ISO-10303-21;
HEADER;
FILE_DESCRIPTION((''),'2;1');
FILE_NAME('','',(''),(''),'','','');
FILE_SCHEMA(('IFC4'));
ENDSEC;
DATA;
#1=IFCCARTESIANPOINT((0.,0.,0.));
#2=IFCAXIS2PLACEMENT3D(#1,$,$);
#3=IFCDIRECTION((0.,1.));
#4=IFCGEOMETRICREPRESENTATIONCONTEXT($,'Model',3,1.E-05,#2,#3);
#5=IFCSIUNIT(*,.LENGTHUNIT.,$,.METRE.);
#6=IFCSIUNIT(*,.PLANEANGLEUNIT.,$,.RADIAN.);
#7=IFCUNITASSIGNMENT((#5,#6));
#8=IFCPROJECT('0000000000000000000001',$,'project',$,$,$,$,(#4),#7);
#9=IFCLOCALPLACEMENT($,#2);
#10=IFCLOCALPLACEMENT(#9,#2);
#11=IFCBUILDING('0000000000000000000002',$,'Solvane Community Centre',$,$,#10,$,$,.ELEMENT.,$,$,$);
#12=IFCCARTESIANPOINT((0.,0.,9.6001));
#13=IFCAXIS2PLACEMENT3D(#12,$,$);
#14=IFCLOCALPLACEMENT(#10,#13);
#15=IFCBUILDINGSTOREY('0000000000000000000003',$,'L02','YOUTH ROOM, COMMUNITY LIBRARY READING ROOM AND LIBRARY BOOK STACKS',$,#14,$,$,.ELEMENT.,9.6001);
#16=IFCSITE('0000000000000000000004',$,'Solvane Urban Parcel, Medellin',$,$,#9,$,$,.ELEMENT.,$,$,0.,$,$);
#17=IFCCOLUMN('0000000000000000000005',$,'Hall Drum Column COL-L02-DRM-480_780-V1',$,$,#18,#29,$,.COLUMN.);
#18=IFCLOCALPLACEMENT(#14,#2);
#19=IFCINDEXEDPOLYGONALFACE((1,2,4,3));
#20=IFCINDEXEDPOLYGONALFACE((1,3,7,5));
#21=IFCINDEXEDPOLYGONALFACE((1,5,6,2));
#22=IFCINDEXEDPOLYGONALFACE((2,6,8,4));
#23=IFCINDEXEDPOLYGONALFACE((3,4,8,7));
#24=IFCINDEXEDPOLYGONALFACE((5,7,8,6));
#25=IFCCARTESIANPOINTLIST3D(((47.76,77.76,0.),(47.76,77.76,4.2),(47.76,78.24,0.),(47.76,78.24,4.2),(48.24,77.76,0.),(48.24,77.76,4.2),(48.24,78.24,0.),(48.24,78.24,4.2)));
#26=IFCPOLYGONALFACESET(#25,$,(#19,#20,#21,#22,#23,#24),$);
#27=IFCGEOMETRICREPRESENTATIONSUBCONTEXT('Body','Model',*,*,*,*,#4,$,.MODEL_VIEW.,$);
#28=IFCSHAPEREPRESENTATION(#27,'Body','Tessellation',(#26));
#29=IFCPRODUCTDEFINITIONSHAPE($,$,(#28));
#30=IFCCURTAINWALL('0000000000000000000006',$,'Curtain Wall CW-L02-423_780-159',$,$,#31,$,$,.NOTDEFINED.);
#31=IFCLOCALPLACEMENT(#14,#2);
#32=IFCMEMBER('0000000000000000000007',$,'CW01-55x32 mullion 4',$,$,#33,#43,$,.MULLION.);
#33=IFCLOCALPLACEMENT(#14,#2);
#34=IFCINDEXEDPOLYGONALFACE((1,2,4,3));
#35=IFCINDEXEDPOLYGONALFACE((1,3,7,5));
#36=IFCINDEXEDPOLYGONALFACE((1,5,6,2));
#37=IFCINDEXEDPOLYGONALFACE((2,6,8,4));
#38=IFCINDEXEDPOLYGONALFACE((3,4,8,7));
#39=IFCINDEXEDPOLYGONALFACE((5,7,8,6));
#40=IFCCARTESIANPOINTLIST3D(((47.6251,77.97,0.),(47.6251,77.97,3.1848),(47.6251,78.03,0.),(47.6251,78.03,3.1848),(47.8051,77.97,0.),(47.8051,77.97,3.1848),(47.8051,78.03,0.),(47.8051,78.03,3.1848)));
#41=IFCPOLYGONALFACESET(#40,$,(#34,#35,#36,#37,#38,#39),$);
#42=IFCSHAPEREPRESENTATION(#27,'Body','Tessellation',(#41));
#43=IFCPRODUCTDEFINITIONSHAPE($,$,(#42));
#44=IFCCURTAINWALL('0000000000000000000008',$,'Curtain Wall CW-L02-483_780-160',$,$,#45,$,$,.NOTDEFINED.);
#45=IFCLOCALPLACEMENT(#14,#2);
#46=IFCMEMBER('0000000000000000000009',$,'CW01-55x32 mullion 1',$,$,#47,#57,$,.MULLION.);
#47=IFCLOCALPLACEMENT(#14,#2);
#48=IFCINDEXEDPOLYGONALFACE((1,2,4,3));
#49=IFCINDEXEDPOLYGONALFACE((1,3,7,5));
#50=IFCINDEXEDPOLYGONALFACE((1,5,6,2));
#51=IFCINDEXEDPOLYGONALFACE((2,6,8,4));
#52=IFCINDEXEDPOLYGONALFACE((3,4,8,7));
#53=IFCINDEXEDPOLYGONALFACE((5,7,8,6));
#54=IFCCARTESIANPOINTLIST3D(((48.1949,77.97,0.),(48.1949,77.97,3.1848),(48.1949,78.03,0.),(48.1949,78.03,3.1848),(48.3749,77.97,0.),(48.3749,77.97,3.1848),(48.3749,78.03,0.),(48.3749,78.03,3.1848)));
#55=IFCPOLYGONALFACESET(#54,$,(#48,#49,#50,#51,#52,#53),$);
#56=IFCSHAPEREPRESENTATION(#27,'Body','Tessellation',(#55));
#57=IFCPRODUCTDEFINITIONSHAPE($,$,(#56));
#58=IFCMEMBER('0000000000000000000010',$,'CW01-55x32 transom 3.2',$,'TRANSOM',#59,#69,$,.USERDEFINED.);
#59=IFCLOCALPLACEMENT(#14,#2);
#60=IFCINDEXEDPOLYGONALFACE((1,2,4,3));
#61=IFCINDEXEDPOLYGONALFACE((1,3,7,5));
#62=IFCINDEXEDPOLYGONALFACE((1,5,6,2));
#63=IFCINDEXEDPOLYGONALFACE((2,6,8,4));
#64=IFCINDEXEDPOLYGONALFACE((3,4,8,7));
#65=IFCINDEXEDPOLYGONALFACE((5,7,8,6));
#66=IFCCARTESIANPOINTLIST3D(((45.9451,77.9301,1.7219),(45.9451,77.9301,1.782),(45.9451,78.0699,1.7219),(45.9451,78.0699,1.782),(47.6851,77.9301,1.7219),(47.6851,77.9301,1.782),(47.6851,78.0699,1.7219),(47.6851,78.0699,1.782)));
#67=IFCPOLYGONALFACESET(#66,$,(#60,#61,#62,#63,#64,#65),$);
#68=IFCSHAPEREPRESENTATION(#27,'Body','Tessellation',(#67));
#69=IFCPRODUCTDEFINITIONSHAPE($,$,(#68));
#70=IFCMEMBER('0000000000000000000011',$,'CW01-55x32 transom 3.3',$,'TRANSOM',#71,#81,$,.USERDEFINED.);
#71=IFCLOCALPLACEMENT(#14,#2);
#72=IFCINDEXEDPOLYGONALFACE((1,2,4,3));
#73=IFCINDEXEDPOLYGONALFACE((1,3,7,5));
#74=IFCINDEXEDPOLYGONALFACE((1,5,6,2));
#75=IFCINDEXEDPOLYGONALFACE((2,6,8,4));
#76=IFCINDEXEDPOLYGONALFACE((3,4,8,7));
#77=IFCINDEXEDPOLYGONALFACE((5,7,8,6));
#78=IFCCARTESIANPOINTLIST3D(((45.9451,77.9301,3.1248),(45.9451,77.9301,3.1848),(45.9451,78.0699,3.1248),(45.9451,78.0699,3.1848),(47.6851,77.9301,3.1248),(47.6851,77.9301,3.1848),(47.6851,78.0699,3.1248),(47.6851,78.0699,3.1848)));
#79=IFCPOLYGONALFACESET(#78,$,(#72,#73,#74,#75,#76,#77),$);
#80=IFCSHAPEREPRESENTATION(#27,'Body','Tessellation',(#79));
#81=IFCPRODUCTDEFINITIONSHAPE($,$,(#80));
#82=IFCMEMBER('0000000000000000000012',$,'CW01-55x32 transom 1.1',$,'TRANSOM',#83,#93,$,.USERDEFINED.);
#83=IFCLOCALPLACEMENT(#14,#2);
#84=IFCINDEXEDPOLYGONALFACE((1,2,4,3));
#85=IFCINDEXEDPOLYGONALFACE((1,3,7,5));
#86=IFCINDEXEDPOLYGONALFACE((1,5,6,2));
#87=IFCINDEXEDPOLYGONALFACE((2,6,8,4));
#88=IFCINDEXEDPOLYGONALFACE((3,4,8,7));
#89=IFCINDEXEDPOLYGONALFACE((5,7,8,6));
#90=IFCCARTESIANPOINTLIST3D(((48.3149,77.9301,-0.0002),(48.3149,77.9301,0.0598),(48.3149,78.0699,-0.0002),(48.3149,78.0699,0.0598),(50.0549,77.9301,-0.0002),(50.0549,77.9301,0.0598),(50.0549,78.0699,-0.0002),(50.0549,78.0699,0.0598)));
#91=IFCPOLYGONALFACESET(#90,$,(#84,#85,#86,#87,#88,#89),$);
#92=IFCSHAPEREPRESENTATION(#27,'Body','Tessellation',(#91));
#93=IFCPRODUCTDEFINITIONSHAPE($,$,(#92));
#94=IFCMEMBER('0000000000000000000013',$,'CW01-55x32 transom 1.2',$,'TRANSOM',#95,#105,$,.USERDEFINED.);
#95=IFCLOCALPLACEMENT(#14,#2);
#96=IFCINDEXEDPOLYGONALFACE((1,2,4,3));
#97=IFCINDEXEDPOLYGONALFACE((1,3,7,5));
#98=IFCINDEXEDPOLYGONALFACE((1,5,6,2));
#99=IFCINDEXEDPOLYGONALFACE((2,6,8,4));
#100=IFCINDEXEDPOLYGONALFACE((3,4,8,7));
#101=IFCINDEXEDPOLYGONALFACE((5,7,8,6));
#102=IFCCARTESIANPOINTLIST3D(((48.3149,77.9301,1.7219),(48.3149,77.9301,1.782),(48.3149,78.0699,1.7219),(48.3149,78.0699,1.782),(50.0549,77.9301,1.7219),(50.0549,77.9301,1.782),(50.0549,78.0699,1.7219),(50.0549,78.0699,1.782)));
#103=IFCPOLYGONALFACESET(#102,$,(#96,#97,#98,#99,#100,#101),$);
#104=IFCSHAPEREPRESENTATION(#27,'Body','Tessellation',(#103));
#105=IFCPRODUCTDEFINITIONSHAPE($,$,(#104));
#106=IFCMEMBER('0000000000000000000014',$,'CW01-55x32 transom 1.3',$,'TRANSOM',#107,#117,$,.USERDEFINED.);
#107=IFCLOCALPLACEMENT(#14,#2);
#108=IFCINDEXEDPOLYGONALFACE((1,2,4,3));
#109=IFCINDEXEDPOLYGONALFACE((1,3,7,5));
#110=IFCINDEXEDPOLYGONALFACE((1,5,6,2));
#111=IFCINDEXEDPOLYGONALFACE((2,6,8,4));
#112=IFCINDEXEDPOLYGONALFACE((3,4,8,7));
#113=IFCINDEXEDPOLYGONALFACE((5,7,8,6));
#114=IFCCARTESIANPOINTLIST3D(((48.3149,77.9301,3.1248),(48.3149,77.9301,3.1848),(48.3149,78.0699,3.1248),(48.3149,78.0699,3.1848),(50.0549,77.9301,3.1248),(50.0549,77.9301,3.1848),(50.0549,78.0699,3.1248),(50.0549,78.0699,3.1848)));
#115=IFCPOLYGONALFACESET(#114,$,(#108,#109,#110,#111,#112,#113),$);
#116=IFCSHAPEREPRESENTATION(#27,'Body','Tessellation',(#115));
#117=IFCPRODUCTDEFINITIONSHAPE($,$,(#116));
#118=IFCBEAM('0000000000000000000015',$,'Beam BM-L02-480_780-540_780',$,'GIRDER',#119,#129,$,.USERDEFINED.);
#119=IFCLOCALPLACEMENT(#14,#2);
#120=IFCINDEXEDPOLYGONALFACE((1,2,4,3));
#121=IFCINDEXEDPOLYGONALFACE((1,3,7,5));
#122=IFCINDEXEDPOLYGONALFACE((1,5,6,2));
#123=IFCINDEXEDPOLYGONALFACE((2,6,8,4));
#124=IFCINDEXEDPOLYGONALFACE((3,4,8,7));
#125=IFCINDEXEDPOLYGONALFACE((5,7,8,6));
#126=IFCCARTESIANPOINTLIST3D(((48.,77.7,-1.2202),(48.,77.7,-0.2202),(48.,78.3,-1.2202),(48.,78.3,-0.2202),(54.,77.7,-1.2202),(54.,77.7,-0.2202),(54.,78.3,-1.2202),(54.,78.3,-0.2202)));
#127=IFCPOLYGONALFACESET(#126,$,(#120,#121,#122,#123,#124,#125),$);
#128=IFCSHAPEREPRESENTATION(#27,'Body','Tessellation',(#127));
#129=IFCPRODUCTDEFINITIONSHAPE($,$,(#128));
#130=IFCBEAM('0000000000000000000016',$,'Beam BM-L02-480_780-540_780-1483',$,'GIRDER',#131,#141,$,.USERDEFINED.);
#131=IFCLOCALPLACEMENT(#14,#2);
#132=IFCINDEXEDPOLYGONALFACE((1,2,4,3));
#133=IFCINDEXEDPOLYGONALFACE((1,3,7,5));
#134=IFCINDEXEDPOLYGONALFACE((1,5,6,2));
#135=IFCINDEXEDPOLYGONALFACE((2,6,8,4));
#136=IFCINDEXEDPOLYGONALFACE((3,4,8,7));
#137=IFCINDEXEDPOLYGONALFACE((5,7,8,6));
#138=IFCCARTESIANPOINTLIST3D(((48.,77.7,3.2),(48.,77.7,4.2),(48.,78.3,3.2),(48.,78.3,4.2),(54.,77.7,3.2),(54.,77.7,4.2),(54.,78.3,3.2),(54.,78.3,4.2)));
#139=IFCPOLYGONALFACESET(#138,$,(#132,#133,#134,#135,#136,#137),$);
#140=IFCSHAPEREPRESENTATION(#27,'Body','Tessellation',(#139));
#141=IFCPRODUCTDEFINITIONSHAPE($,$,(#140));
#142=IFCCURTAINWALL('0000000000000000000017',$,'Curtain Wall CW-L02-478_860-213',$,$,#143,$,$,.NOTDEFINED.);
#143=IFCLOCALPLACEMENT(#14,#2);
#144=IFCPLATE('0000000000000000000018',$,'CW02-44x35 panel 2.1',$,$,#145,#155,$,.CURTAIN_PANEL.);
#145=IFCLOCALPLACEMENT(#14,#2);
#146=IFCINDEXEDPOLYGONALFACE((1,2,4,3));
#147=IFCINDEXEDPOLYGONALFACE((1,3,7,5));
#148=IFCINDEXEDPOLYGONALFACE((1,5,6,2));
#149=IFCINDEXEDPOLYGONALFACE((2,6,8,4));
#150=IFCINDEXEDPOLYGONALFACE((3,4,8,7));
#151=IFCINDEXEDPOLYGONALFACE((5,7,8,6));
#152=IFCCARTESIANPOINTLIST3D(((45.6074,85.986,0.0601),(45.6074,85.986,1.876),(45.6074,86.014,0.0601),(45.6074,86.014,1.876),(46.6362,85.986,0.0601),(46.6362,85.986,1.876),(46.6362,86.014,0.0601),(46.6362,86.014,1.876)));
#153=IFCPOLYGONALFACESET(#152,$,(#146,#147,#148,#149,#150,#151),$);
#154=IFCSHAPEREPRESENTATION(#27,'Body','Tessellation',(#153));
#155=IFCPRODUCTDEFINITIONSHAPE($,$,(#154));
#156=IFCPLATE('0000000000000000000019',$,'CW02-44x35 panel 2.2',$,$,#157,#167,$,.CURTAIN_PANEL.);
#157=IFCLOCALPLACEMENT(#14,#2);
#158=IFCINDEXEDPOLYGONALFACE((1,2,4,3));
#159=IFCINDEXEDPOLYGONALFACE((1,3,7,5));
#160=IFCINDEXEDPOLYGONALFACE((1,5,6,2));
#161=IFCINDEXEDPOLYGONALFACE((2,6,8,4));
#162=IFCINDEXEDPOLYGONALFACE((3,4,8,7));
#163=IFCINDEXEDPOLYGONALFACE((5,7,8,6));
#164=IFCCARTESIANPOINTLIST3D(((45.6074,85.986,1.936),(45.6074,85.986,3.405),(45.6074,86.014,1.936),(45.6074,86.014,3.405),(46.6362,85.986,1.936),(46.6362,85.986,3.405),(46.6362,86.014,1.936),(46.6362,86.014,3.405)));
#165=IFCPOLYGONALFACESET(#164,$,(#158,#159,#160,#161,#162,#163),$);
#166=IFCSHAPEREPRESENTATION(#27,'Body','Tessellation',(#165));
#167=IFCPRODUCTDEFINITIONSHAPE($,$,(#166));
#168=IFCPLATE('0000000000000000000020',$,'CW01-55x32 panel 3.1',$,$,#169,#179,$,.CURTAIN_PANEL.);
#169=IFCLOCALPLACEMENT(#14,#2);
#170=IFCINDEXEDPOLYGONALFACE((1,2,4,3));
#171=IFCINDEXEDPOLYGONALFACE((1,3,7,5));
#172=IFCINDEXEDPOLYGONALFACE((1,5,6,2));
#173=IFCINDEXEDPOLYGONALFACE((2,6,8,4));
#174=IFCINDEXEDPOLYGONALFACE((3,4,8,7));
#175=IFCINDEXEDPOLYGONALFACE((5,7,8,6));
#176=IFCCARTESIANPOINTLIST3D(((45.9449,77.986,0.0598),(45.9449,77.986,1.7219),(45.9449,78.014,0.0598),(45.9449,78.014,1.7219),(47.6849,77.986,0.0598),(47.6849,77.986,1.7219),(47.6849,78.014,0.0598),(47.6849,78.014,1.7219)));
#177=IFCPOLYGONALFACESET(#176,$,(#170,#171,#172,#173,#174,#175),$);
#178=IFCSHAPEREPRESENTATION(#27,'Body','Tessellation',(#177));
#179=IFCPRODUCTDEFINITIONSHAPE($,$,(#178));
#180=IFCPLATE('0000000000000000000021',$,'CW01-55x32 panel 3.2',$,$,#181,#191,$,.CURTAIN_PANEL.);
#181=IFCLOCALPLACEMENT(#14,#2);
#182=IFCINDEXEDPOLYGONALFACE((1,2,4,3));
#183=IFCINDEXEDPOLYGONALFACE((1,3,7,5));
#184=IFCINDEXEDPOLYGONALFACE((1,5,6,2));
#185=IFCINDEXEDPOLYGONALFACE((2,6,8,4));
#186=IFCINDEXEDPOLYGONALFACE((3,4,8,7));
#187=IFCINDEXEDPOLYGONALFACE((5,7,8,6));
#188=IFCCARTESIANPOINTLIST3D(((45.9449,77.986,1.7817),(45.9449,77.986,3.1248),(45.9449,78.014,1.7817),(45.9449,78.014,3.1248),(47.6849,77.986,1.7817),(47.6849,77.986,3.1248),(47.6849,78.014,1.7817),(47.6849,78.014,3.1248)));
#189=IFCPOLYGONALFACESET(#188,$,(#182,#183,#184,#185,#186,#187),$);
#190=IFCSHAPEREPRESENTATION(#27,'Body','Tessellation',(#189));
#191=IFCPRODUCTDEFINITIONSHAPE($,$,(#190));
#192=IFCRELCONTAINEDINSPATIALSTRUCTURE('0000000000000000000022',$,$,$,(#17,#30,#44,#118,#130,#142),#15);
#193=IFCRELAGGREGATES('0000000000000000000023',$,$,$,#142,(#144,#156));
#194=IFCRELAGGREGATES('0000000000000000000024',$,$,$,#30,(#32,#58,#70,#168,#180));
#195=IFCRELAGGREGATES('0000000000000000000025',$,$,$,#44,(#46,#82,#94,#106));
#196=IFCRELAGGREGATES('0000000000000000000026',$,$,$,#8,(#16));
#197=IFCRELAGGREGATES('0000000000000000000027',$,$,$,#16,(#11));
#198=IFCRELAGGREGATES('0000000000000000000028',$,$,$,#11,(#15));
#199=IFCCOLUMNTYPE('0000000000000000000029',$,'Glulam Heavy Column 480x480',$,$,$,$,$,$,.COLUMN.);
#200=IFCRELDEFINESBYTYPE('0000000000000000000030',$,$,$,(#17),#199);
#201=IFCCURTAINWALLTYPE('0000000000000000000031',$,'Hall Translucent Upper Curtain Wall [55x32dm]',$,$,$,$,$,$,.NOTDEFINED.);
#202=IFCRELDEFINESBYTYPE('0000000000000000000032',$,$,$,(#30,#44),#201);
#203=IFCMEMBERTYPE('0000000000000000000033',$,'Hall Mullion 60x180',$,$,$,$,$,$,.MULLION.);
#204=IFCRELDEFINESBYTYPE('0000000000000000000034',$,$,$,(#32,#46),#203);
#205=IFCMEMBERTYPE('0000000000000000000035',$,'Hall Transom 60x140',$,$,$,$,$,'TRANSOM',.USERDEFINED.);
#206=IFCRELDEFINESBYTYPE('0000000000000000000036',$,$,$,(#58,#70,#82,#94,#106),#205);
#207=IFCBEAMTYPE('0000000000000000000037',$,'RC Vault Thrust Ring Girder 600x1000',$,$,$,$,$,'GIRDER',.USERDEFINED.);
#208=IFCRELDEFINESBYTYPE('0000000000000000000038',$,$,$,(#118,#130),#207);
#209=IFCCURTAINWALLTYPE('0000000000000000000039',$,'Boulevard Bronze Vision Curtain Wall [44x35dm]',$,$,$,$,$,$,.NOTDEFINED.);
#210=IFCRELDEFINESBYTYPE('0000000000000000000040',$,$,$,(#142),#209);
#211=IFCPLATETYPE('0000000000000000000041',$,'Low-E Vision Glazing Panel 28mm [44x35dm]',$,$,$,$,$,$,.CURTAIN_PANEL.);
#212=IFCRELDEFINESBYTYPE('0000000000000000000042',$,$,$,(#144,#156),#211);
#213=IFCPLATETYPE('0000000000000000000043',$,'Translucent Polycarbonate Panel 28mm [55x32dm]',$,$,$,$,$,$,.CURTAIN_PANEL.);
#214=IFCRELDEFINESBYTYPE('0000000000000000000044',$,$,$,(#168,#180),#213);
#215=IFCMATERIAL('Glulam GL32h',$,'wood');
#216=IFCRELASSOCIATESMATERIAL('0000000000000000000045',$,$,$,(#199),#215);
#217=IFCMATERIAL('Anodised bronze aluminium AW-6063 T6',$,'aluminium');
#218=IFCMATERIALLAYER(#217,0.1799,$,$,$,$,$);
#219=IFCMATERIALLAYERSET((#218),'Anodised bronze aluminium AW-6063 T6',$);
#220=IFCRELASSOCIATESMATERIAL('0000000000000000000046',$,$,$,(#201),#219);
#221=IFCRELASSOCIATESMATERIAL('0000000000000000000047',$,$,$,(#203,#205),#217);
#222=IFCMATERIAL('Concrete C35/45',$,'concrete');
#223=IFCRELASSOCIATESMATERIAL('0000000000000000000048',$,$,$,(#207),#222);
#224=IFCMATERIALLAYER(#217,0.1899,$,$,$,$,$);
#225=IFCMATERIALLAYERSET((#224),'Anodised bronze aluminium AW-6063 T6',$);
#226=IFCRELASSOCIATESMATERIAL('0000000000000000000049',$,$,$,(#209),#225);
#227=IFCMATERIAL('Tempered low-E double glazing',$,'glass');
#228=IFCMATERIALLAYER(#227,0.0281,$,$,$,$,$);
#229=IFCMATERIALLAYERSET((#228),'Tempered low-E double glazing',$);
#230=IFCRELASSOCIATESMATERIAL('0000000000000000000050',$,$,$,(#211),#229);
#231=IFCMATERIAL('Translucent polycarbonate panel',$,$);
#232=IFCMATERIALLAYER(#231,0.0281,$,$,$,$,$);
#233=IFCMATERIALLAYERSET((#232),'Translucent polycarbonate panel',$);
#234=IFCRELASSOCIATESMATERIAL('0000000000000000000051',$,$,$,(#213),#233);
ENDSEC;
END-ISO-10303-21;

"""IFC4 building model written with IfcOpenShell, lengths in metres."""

from ifc_helpers import new_model, si_unit, direction, frame, origin, origin_2d, place, context, subcontext, project, spatial, rectangle, extrude, material, layer, layer_set, material_profile, profile_set, type_object, element, aggregate, save


model = new_model("IFC4")

# Units and contexts
model_context = context("Model", 3, precision=1e-05, world=origin(), true_north=direction((0.0, 1.0)))
body_context = subcontext(model_context, "Body", "Model", "MODEL_VIEW")
ifc_project = project(units=[si_unit("LENGTHUNIT", "METRE"), si_unit("PLANEANGLEUNIT", "RADIAN")], contexts=[model_context])

# Site, building, storey
site_placement = place(None, origin())
site = spatial("IfcSite", under=ifc_project, at=site_placement, Name="Solvane Urban Parcel, Medellin", CompositionType="ELEMENT", RefElevation=0.0)
building_placement = place(site_placement, origin())
building = spatial("IfcBuilding", under=site, at=building_placement, Name="Solvane Community Centre", CompositionType="ELEMENT")
storey_placement = place(building_placement, frame((0.0, 0.0, 9.6001)))
storey = spatial("IfcBuildingStorey", under=building, at=storey_placement, Name="L02", Description="YOUTH ROOM, COMMUNITY LIBRARY READING ROOM AND LIBRARY BOOK STACKS", CompositionType="ELEMENT", Elevation=9.6001)

# Column
ifc_material_1 = material(Name="Glulam GL32h", Category="wood")
ifc_material_profile_1 = material_profile(ifc_material_1, rectangle(XDim=0.48, YDim=0.48, at=origin_2d()), Name="GL32h 480x480")
ifc_profile_set_1 = profile_set([ifc_material_profile_1], Name="Glulam GL32h")
column_type = type_object("IfcColumnType", Name="Glulam Heavy Column 480x480", PredefinedType="COLUMN", material=ifc_profile_set_1)
column_placement = place(storey_placement, frame((48.0, 78.0, 0.0), z_axis=(0.0, 0.0, 1.0), x_axis=(1.0, 0.0, 0.0)))
element("IfcColumn", 1, at=column_placement, inside=storey, type_object=column_type, Name="Hall Drum Column COL-L02-DRM-480_780-V1", PredefinedType="COLUMN", context=body_context, shape_type="SweptSolid", body=[
    extrude(rectangle(XDim=0.48, YDim=0.48, at=origin_2d()), origin(), (0.0, 0.0, 1.0), 4.2),
])

# Curtain walls, members
ifc_material_2 = material(Name="Anodised bronze aluminium AW-6063 T6", Category="aluminium")
ifc_layer_1 = layer(ifc_material_2, 0.1799)
ifc_layer_set_1 = layer_set([ifc_layer_1], Name="Anodised bronze aluminium AW-6063 T6")
curtain_wall_type_1 = type_object("IfcCurtainWallType", Name="Hall Translucent Upper Curtain Wall [55x32dm]", PredefinedType="NOTDEFINED", material=ifc_layer_set_1)
curtain_wall_1_placement = place(storey_placement, origin())
curtain_wall_1 = element("IfcCurtainWall", 2, at=curtain_wall_1_placement, inside=storey, type_object=curtain_wall_type_1, Name="Curtain Wall CW-L02-423_780-159", PredefinedType="NOTDEFINED")
ifc_material_profile_2 = material_profile(ifc_material_2, rectangle(XDim=0.0601, YDim=0.1799, at=origin_2d()), Name="CW-M 60x180")
ifc_profile_set_2 = profile_set([ifc_material_profile_2], Name="Anodised bronze aluminium AW-6063 T6")
member_type_1 = type_object("IfcMemberType", Name="Hall Mullion 60x180", PredefinedType="MULLION", material=ifc_profile_set_2)
member_1_placement = place(storey_placement, frame((47.7151, 78.0, 0.0), z_axis=(0.0, 0.0, 1.0), x_axis=(0.0, 1.0, 0.0)))
member_1 = element("IfcMember", 3, at=member_1_placement, type_object=member_type_1, Name="CW01-55x32 mullion 4", PredefinedType="MULLION", context=body_context, shape_type="SweptSolid", body=[
    extrude(rectangle(XDim=0.0601, YDim=0.1799, at=origin_2d()), origin(), (0.0, 0.0, 1.0), 3.1848),
])
curtain_wall_2_placement = place(storey_placement, origin())
curtain_wall_2 = element("IfcCurtainWall", 4, at=curtain_wall_2_placement, inside=storey, type_object=curtain_wall_type_1, Name="Curtain Wall CW-L02-483_780-160", PredefinedType="NOTDEFINED")
member_2_placement = place(storey_placement, frame((48.2849, 78.0, 0.0), z_axis=(0.0, 0.0, 1.0), x_axis=(0.0, 1.0, 0.0)))
member_2 = element("IfcMember", 5, at=member_2_placement, type_object=member_type_1, Name="CW01-55x32 mullion 1", PredefinedType="MULLION", context=body_context, shape_type="SweptSolid", body=[
    extrude(rectangle(XDim=0.0601, YDim=0.1799, at=origin_2d()), origin(), (0.0, 0.0, 1.0), 3.1848),
])

# Members
ifc_material_profile_3 = material_profile(ifc_material_2, rectangle(XDim=0.1399, YDim=0.0601, at=origin_2d()), Name="CW-T 60x140")
ifc_profile_set_3 = profile_set([ifc_material_profile_3], Name="Anodised bronze aluminium AW-6063 T6")
member_type_2 = type_object("IfcMemberType", Name="Hall Transom 60x140", ElementType="TRANSOM", PredefinedType="USERDEFINED", material=ifc_profile_set_3)
member_3_placement = place(storey_placement, frame((45.9451, 78.0, 1.752), z_axis=(1.0, 0.0, 0.0), x_axis=(0.0, 1.0, 0.0)))
member_3 = element("IfcMember", 6, at=member_3_placement, type_object=member_type_2, Name="CW01-55x32 transom 3.2", ObjectType="TRANSOM", PredefinedType="USERDEFINED", context=body_context, shape_type="SweptSolid", body=[
    extrude(rectangle(XDim=0.1399, YDim=0.0601, at=origin_2d()), origin(), (0.0, 0.0, 1.0), 1.74),
])
member_4_placement = place(storey_placement, frame((45.9451, 78.0, 3.1548), z_axis=(1.0, 0.0, 0.0), x_axis=(0.0, 1.0, 0.0)))
member_4 = element("IfcMember", 7, at=member_4_placement, type_object=member_type_2, Name="CW01-55x32 transom 3.3", ObjectType="TRANSOM", PredefinedType="USERDEFINED", context=body_context, shape_type="SweptSolid", body=[
    extrude(rectangle(XDim=0.1399, YDim=0.0601, at=origin_2d()), origin(), (0.0, 0.0, 1.0), 1.74),
])
member_5_placement = place(storey_placement, frame((48.3149, 78.0, 0.0298), z_axis=(1.0, 0.0, 0.0), x_axis=(0.0, 1.0, 0.0)))
member_5 = element("IfcMember", 8, at=member_5_placement, type_object=member_type_2, Name="CW01-55x32 transom 1.1", ObjectType="TRANSOM", PredefinedType="USERDEFINED", context=body_context, shape_type="SweptSolid", body=[
    extrude(rectangle(XDim=0.1399, YDim=0.0601, at=origin_2d()), origin(), (0.0, 0.0, 1.0), 1.74),
])
member_6_placement = place(storey_placement, frame((48.3149, 78.0, 1.752), z_axis=(1.0, 0.0, 0.0), x_axis=(0.0, 1.0, 0.0)))
member_6 = element("IfcMember", 9, at=member_6_placement, type_object=member_type_2, Name="CW01-55x32 transom 1.2", ObjectType="TRANSOM", PredefinedType="USERDEFINED", context=body_context, shape_type="SweptSolid", body=[
    extrude(rectangle(XDim=0.1399, YDim=0.0601, at=origin_2d()), origin(), (0.0, 0.0, 1.0), 1.74),
])
member_7_placement = place(storey_placement, frame((48.3149, 78.0, 3.1548), z_axis=(1.0, 0.0, 0.0), x_axis=(0.0, 1.0, 0.0)))
member_7 = element("IfcMember", 10, at=member_7_placement, type_object=member_type_2, Name="CW01-55x32 transom 1.3", ObjectType="TRANSOM", PredefinedType="USERDEFINED", context=body_context, shape_type="SweptSolid", body=[
    extrude(rectangle(XDim=0.1399, YDim=0.0601, at=origin_2d()), origin(), (0.0, 0.0, 1.0), 1.74),
])

# Beams
ifc_material_3 = material(Name="Concrete C35/45", Category="concrete")
ifc_material_profile_4 = material_profile(ifc_material_3, rectangle(XDim=0.6001, YDim=1.0, at=origin_2d()), Name="RC 600x1000")
ifc_profile_set_4 = profile_set([ifc_material_profile_4], Name="Concrete C35/45")
beam_type = type_object("IfcBeamType", Name="RC Vault Thrust Ring Girder 600x1000", ElementType="GIRDER", PredefinedType="USERDEFINED", material=ifc_profile_set_4)
for number, where, z_axis, x_axis, name in (
    (11, (48.0, 78.0, -0.7202), (1.0, 0.0, 0.0), (0.0, 1.0, 0.0), "Beam BM-L02-480_780-540_780"),
    (12, (48.0, 78.0, 3.7), (1.0, 0.0, 0.0), (0.0, 1.0, 0.0), "Beam BM-L02-480_780-540_780-1483"),
):
    element("IfcBeam", number, at=place(storey_placement, frame(where, z_axis=z_axis, x_axis=x_axis)), inside=storey, type_object=beam_type, Name=name, ObjectType="GIRDER", PredefinedType="USERDEFINED", context=body_context, shape_type="SweptSolid", body=[
        extrude(rectangle(XDim=0.6001, YDim=1.0, at=origin_2d()), origin(), (0.0, 0.0, 1.0), 6.0),
    ])

# Curtain wall, plates
ifc_layer_2 = layer(ifc_material_2, 0.1899)
ifc_layer_set_2 = layer_set([ifc_layer_2], Name="Anodised bronze aluminium AW-6063 T6")
curtain_wall_type_2 = type_object("IfcCurtainWallType", Name="Boulevard Bronze Vision Curtain Wall [44x35dm]", PredefinedType="NOTDEFINED", material=ifc_layer_set_2)
curtain_wall_3_placement = place(storey_placement, origin())
curtain_wall_3 = element("IfcCurtainWall", 13, at=curtain_wall_3_placement, inside=storey, type_object=curtain_wall_type_2, Name="Curtain Wall CW-L02-478_860-213", PredefinedType="NOTDEFINED")
ifc_material_4 = material(Name="Tempered low-E double glazing", Category="glass")
ifc_layer_3 = layer(ifc_material_4, 0.0281)
ifc_layer_set_3 = layer_set([ifc_layer_3], Name="Tempered low-E double glazing")
plate_type_1 = type_object("IfcPlateType", Name="Low-E Vision Glazing Panel 28mm [44x35dm]", PredefinedType="CURTAIN_PANEL", material=ifc_layer_set_3)
plate_1_placement = place(storey_placement, frame((46.1218, 86.0, 0.0601), z_axis=(0.0, 0.0, 1.0), x_axis=(-1.0, 0.0, 0.0)))
plate_1 = element("IfcPlate", 14, at=plate_1_placement, type_object=plate_type_1, Name="CW02-44x35 panel 2.1", PredefinedType="CURTAIN_PANEL", context=body_context, shape_type="SweptSolid", body=[
    extrude(rectangle(XDim=1.0288, YDim=0.0281, at=origin_2d()), origin(), (0.0, 0.0, 1.0), 1.8159),
])
plate_2_placement = place(storey_placement, frame((46.1218, 86.0, 1.936), z_axis=(0.0, 0.0, 1.0), x_axis=(-1.0, 0.0, 0.0)))
plate_2 = element("IfcPlate", 15, at=plate_2_placement, type_object=plate_type_1, Name="CW02-44x35 panel 2.2", PredefinedType="CURTAIN_PANEL", context=body_context, shape_type="SweptSolid", body=[
    extrude(rectangle(XDim=1.0288, YDim=0.0281, at=origin_2d()), origin(), (0.0, 0.0, 1.0), 1.469),
])
aggregate(curtain_wall_3, [plate_1, plate_2])

# Plates
ifc_material_5 = material(Name="Translucent polycarbonate panel")
ifc_layer_4 = layer(ifc_material_5, 0.0281)
ifc_layer_set_4 = layer_set([ifc_layer_4], Name="Translucent polycarbonate panel")
plate_type_2 = type_object("IfcPlateType", Name="Translucent Polycarbonate Panel 28mm [55x32dm]", PredefinedType="CURTAIN_PANEL", material=ifc_layer_set_4)
plate_3_placement = place(storey_placement, frame((46.8149, 78.0, 0.0598), z_axis=(0.0, 0.0, 1.0), x_axis=(1.0, 0.0, 0.0)))
plate_3 = element("IfcPlate", 16, at=plate_3_placement, type_object=plate_type_2, Name="CW01-55x32 panel 3.1", PredefinedType="CURTAIN_PANEL", context=body_context, shape_type="SweptSolid", body=[
    extrude(rectangle(XDim=1.74, YDim=0.0281, at=origin_2d()), origin(), (0.0, 0.0, 1.0), 1.6621),
])
plate_4_placement = place(storey_placement, frame((46.8149, 78.0, 1.7817), z_axis=(0.0, 0.0, 1.0), x_axis=(1.0, 0.0, 0.0)))
plate_4 = element("IfcPlate", 17, at=plate_4_placement, type_object=plate_type_2, Name="CW01-55x32 panel 3.2", PredefinedType="CURTAIN_PANEL", context=body_context, shape_type="SweptSolid", body=[
    extrude(rectangle(XDim=1.74, YDim=0.0281, at=origin_2d()), origin(), (0.0, 0.0, 1.0), 1.343),
])
aggregate(curtain_wall_1, [member_1, member_3, member_4, plate_3, plate_4])
aggregate(curtain_wall_2, [member_2, member_5, member_6, member_7])

save(model, "model.ifc")
